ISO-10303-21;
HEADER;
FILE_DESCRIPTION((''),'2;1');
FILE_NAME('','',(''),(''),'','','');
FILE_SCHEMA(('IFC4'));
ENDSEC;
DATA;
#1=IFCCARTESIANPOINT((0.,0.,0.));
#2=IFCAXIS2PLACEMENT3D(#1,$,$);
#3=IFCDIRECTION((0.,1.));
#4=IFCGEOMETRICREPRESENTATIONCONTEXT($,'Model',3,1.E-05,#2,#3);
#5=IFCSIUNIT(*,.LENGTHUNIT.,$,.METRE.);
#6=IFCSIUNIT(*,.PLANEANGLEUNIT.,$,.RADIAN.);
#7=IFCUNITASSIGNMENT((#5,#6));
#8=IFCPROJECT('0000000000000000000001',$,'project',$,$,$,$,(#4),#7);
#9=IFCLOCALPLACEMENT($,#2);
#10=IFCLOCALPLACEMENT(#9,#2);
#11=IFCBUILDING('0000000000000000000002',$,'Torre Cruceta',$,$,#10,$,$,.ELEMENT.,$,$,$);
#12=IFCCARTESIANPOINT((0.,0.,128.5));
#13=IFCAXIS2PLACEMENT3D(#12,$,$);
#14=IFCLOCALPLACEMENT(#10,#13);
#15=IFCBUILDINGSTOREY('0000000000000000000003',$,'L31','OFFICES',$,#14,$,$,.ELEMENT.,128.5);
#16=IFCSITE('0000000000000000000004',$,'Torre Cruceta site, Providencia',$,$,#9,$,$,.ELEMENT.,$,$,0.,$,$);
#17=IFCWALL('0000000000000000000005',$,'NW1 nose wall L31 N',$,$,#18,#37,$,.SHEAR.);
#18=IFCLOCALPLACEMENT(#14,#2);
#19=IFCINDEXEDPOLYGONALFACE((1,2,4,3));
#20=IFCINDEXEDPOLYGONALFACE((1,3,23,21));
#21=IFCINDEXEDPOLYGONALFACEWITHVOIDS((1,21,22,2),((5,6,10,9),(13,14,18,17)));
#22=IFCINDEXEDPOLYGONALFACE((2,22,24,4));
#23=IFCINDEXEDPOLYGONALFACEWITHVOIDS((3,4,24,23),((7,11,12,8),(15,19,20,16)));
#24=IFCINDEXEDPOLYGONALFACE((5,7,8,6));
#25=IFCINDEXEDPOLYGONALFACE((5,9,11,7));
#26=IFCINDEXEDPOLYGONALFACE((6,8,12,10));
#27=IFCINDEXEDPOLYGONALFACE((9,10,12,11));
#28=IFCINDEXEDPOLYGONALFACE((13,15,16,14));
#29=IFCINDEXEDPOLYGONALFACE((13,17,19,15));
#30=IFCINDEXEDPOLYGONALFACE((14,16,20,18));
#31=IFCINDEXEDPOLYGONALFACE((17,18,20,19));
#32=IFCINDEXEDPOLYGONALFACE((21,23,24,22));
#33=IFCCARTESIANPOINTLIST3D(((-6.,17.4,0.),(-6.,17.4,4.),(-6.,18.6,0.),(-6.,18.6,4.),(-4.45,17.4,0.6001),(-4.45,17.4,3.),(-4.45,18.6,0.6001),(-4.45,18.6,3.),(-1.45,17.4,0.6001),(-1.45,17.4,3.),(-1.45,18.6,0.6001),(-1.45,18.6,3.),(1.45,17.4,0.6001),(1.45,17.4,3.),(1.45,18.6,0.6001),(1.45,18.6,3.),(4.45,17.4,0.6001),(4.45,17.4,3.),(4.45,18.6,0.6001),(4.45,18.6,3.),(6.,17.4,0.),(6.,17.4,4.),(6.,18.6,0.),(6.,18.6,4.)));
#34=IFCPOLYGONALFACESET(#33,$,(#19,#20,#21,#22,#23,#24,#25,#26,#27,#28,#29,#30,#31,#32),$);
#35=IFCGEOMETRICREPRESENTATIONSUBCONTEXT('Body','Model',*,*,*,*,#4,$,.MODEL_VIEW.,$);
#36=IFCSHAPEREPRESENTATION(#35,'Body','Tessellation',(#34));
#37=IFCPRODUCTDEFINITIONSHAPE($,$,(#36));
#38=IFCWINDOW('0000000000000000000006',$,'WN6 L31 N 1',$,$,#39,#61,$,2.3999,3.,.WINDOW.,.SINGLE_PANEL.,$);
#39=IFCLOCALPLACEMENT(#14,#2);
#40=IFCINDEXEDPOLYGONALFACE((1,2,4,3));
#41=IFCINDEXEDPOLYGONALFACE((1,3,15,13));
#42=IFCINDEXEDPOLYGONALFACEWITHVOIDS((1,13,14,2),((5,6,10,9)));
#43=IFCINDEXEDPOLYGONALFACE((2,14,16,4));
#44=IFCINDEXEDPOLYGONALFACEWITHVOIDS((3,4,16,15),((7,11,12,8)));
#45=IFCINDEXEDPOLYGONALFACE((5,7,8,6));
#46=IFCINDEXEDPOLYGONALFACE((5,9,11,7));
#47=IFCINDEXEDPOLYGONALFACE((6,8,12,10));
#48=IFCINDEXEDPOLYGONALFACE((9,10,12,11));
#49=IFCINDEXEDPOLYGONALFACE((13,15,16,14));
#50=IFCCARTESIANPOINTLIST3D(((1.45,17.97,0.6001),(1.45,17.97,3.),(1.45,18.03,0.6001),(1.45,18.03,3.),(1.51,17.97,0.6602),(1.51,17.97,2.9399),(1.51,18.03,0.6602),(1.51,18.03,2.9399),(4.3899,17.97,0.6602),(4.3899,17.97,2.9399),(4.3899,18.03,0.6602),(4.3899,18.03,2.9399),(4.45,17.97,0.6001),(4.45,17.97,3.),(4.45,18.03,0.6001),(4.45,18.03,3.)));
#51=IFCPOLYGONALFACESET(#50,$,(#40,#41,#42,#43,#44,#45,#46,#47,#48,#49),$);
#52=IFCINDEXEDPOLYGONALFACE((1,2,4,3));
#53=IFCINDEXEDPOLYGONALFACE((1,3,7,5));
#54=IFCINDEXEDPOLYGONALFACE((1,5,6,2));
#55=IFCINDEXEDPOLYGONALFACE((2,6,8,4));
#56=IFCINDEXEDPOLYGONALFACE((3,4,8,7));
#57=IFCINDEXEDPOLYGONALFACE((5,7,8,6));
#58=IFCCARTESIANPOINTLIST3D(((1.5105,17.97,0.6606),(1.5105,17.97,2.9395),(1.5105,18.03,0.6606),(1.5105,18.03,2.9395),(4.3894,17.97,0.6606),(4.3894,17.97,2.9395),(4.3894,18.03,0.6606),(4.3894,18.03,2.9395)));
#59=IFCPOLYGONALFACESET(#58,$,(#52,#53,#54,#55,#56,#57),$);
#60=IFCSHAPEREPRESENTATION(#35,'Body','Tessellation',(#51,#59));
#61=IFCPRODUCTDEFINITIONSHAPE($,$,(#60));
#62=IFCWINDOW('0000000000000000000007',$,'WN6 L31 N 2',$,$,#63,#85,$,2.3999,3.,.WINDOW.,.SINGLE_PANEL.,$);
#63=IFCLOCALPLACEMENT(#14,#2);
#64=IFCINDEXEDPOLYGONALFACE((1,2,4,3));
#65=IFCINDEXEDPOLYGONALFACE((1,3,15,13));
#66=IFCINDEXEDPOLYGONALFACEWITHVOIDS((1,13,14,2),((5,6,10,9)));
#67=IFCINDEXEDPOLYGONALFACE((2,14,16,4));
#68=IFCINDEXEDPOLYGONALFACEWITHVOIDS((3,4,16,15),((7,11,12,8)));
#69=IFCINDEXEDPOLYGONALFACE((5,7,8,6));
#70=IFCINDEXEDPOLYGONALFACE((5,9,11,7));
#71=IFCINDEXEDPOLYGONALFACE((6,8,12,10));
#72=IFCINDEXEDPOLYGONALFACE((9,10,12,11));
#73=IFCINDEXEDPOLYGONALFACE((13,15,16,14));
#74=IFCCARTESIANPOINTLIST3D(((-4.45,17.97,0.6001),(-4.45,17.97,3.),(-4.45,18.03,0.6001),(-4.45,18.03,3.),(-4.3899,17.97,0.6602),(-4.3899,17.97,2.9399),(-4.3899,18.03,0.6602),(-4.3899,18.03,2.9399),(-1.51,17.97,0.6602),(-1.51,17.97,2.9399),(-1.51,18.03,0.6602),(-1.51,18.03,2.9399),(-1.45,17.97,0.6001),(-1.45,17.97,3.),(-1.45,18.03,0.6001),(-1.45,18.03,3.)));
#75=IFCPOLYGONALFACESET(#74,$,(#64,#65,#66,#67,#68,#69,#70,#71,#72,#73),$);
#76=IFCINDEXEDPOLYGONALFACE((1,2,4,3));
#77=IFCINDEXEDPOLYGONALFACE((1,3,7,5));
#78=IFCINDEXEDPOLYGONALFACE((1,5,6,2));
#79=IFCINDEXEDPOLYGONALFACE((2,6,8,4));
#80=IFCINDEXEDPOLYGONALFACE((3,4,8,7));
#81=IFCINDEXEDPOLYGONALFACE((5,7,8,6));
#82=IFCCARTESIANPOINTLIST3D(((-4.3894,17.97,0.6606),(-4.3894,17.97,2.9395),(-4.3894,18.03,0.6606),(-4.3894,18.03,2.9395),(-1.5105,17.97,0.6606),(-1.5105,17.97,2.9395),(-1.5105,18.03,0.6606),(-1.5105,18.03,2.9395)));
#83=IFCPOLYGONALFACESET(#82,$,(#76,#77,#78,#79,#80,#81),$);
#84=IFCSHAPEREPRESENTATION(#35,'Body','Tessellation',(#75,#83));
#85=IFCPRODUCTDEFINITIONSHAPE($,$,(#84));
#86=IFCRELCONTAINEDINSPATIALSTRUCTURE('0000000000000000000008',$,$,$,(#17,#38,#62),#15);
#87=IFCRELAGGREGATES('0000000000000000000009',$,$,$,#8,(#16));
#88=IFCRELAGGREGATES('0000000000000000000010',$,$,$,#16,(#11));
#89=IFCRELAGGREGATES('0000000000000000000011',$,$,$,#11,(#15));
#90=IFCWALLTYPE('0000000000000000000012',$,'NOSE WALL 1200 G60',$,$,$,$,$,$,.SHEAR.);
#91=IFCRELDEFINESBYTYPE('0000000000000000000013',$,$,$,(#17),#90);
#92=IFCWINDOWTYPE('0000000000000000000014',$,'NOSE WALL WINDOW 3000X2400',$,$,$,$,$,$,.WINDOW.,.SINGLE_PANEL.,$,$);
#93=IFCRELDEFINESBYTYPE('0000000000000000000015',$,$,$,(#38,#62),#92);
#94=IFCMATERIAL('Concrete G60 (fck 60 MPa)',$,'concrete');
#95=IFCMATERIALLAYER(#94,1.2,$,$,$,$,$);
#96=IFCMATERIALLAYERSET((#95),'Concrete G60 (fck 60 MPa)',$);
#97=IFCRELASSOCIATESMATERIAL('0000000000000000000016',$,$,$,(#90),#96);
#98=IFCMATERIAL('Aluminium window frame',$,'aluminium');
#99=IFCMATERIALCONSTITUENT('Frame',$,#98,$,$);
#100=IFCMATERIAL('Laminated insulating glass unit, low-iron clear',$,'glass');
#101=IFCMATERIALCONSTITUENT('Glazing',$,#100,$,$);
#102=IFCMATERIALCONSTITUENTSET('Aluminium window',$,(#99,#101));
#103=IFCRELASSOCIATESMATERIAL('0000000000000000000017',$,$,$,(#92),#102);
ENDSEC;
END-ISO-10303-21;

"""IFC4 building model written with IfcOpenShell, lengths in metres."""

from ifc_helpers import new_model, si_unit, direction, frame, frame_2d, origin, place, context, subcontext, project, spatial, rectangle, hollow_rectangle, extrude, material, layer, layer_set, constituent, constituent_set, type_object, element, fill, save


model = new_model("IFC4")

# Units and contexts
model_context = context("Model", 3, precision=1e-05, world=origin(), true_north=direction((0.0, 1.0)))
body_context = subcontext(model_context, "Body", "Model", "MODEL_VIEW")
ifc_project = project(units=[si_unit("LENGTHUNIT", "METRE"), si_unit("PLANEANGLEUNIT", "RADIAN")], contexts=[model_context])

# Site, building, storey
site_placement = place(None, origin())
site = spatial("IfcSite", under=ifc_project, at=site_placement, Name="Torre Cruceta site, Providencia", CompositionType="ELEMENT", RefElevation=0.0)
building_placement = place(site_placement, origin())
building = spatial("IfcBuilding", under=site, at=building_placement, Name="Torre Cruceta", CompositionType="ELEMENT")
storey_placement = place(building_placement, frame((0.0, 0.0, 128.5)))
storey = spatial("IfcBuildingStorey", under=building, at=storey_placement, Name="L31", Description="OFFICES", CompositionType="ELEMENT", Elevation=128.5)

# Wall, openings, windows
ifc_material_1 = material(Name="Concrete G60 (fck 60 MPa)", Category="concrete")
ifc_layer_1 = layer(ifc_material_1, 1.2)
ifc_layer_set_1 = layer_set([ifc_layer_1], Name="Concrete G60 (fck 60 MPa)")
wall_type_1 = type_object("IfcWallType", Name="NOSE WALL 1200 G60", PredefinedType="SHEAR", material=ifc_layer_set_1)
wall_1_placement = place(storey_placement, frame((6.0, 18.0, 0.0), z_axis=(0.0, 0.0, 1.0), x_axis=(-1.0, 0.0, 0.0)))
wall_1 = element("IfcWall", 1, at=wall_1_placement, inside=storey, type_object=wall_type_1, Name="NW1 nose wall L31 N", PredefinedType="SHEAR", context=body_context, shape_type="SweptSolid", body=[
    extrude(rectangle(XDim=12.0, YDim=1.2, at=frame_2d((6.0, 0.0))), origin(), (0.0, 0.0, 1.0), 4.0),
])
opening_1_placement = place(wall_1_placement, frame((1.55, 0.0, 0.6001)))
opening_1 = element("IfcOpeningElement", 2, at=opening_1_placement, cuts=wall_1, PredefinedType="OPENING", context=body_context, shape_type="SweptSolid", body=[
    extrude(rectangle(XDim=3.0, YDim=2.3999, at=frame_2d((1.5, 1.2))), frame((0.0, 0.6099, 0.0), z_axis=(0.0, -1.0, 0.0), x_axis=(1.0, 0.0, 0.0)), (0.0, 0.0, 1.0), 1.22),
])
opening_2_placement = place(wall_1_placement, frame((7.45, 0.0, 0.6001)))
opening_2 = element("IfcOpeningElement", 3, at=opening_2_placement, cuts=wall_1, PredefinedType="OPENING", context=body_context, shape_type="SweptSolid", body=[
    extrude(rectangle(XDim=3.0, YDim=2.3999, at=frame_2d((1.5, 1.2))), frame((0.0, 0.6099, 0.0), z_axis=(0.0, -1.0, 0.0), x_axis=(1.0, 0.0, 0.0)), (0.0, 0.0, 1.0), 1.22),
])
ifc_material_2 = material(Name="Aluminium window frame", Category="aluminium")
ifc_constituent_1 = constituent(ifc_material_2, Name="Frame")
ifc_material_3 = material(Name="Laminated insulating glass unit, low-iron clear", Category="glass")
ifc_constituent_2 = constituent(ifc_material_3, Name="Glazing")
ifc_constituent_set_1 = constituent_set(constituents=[ifc_constituent_1, ifc_constituent_2], Name="Aluminium window")
window_type = type_object("IfcWindowType", Name="NOSE WALL WINDOW 3000X2400", PartitioningType="SINGLE_PANEL", PredefinedType="WINDOW", material=ifc_constituent_set_1)
window_1_placement = place(opening_1_placement, origin())
window_1 = element("IfcWindow", 4, at=window_1_placement, inside=storey, type_object=window_type, Name="WN6 L31 N 1", OverallHeight=2.3999, OverallWidth=3.0, PartitioningType="SINGLE_PANEL", PredefinedType="WINDOW", context=body_context, shape_type="SweptSolid", body=[
    extrude(hollow_rectangle(XDim=3.0, YDim=2.3999, WallThickness=0.0601, at=frame_2d((1.5, 1.2))), frame((0.0, 0.03, 0.0), z_axis=(0.0, -1.0, 0.0), x_axis=(1.0, 0.0, 0.0)), (0.0, 0.0, 1.0), 0.0601),
    extrude(rectangle(XDim=2.8789, YDim=2.2788, at=frame_2d((1.5, 1.2))), frame((0.0, 0.03, 0.0), z_axis=(0.0, -1.0, 0.0), x_axis=(1.0, 0.0, 0.0)), (0.0, 0.0, 1.0), 0.0601),
])
fill(opening_1, window_1)
window_2_placement = place(opening_2_placement, origin())
window_2 = element("IfcWindow", 5, at=window_2_placement, inside=storey, type_object=window_type, Name="WN6 L31 N 2", OverallHeight=2.3999, OverallWidth=3.0, PartitioningType="SINGLE_PANEL", PredefinedType="WINDOW", context=body_context, shape_type="SweptSolid", body=[
    extrude(hollow_rectangle(XDim=3.0, YDim=2.3999, WallThickness=0.0601, at=frame_2d((1.5, 1.2))), frame((0.0, 0.03, 0.0), z_axis=(0.0, -1.0, 0.0), x_axis=(1.0, 0.0, 0.0)), (0.0, 0.0, 1.0), 0.0601),
    extrude(rectangle(XDim=2.8789, YDim=2.2788, at=frame_2d((1.5, 1.2))), frame((0.0, 0.03, 0.0), z_axis=(0.0, -1.0, 0.0), x_axis=(1.0, 0.0, 0.0)), (0.0, 0.0, 1.0), 0.0601),
])
fill(opening_2, window_2)

save(model, "model.ifc")
